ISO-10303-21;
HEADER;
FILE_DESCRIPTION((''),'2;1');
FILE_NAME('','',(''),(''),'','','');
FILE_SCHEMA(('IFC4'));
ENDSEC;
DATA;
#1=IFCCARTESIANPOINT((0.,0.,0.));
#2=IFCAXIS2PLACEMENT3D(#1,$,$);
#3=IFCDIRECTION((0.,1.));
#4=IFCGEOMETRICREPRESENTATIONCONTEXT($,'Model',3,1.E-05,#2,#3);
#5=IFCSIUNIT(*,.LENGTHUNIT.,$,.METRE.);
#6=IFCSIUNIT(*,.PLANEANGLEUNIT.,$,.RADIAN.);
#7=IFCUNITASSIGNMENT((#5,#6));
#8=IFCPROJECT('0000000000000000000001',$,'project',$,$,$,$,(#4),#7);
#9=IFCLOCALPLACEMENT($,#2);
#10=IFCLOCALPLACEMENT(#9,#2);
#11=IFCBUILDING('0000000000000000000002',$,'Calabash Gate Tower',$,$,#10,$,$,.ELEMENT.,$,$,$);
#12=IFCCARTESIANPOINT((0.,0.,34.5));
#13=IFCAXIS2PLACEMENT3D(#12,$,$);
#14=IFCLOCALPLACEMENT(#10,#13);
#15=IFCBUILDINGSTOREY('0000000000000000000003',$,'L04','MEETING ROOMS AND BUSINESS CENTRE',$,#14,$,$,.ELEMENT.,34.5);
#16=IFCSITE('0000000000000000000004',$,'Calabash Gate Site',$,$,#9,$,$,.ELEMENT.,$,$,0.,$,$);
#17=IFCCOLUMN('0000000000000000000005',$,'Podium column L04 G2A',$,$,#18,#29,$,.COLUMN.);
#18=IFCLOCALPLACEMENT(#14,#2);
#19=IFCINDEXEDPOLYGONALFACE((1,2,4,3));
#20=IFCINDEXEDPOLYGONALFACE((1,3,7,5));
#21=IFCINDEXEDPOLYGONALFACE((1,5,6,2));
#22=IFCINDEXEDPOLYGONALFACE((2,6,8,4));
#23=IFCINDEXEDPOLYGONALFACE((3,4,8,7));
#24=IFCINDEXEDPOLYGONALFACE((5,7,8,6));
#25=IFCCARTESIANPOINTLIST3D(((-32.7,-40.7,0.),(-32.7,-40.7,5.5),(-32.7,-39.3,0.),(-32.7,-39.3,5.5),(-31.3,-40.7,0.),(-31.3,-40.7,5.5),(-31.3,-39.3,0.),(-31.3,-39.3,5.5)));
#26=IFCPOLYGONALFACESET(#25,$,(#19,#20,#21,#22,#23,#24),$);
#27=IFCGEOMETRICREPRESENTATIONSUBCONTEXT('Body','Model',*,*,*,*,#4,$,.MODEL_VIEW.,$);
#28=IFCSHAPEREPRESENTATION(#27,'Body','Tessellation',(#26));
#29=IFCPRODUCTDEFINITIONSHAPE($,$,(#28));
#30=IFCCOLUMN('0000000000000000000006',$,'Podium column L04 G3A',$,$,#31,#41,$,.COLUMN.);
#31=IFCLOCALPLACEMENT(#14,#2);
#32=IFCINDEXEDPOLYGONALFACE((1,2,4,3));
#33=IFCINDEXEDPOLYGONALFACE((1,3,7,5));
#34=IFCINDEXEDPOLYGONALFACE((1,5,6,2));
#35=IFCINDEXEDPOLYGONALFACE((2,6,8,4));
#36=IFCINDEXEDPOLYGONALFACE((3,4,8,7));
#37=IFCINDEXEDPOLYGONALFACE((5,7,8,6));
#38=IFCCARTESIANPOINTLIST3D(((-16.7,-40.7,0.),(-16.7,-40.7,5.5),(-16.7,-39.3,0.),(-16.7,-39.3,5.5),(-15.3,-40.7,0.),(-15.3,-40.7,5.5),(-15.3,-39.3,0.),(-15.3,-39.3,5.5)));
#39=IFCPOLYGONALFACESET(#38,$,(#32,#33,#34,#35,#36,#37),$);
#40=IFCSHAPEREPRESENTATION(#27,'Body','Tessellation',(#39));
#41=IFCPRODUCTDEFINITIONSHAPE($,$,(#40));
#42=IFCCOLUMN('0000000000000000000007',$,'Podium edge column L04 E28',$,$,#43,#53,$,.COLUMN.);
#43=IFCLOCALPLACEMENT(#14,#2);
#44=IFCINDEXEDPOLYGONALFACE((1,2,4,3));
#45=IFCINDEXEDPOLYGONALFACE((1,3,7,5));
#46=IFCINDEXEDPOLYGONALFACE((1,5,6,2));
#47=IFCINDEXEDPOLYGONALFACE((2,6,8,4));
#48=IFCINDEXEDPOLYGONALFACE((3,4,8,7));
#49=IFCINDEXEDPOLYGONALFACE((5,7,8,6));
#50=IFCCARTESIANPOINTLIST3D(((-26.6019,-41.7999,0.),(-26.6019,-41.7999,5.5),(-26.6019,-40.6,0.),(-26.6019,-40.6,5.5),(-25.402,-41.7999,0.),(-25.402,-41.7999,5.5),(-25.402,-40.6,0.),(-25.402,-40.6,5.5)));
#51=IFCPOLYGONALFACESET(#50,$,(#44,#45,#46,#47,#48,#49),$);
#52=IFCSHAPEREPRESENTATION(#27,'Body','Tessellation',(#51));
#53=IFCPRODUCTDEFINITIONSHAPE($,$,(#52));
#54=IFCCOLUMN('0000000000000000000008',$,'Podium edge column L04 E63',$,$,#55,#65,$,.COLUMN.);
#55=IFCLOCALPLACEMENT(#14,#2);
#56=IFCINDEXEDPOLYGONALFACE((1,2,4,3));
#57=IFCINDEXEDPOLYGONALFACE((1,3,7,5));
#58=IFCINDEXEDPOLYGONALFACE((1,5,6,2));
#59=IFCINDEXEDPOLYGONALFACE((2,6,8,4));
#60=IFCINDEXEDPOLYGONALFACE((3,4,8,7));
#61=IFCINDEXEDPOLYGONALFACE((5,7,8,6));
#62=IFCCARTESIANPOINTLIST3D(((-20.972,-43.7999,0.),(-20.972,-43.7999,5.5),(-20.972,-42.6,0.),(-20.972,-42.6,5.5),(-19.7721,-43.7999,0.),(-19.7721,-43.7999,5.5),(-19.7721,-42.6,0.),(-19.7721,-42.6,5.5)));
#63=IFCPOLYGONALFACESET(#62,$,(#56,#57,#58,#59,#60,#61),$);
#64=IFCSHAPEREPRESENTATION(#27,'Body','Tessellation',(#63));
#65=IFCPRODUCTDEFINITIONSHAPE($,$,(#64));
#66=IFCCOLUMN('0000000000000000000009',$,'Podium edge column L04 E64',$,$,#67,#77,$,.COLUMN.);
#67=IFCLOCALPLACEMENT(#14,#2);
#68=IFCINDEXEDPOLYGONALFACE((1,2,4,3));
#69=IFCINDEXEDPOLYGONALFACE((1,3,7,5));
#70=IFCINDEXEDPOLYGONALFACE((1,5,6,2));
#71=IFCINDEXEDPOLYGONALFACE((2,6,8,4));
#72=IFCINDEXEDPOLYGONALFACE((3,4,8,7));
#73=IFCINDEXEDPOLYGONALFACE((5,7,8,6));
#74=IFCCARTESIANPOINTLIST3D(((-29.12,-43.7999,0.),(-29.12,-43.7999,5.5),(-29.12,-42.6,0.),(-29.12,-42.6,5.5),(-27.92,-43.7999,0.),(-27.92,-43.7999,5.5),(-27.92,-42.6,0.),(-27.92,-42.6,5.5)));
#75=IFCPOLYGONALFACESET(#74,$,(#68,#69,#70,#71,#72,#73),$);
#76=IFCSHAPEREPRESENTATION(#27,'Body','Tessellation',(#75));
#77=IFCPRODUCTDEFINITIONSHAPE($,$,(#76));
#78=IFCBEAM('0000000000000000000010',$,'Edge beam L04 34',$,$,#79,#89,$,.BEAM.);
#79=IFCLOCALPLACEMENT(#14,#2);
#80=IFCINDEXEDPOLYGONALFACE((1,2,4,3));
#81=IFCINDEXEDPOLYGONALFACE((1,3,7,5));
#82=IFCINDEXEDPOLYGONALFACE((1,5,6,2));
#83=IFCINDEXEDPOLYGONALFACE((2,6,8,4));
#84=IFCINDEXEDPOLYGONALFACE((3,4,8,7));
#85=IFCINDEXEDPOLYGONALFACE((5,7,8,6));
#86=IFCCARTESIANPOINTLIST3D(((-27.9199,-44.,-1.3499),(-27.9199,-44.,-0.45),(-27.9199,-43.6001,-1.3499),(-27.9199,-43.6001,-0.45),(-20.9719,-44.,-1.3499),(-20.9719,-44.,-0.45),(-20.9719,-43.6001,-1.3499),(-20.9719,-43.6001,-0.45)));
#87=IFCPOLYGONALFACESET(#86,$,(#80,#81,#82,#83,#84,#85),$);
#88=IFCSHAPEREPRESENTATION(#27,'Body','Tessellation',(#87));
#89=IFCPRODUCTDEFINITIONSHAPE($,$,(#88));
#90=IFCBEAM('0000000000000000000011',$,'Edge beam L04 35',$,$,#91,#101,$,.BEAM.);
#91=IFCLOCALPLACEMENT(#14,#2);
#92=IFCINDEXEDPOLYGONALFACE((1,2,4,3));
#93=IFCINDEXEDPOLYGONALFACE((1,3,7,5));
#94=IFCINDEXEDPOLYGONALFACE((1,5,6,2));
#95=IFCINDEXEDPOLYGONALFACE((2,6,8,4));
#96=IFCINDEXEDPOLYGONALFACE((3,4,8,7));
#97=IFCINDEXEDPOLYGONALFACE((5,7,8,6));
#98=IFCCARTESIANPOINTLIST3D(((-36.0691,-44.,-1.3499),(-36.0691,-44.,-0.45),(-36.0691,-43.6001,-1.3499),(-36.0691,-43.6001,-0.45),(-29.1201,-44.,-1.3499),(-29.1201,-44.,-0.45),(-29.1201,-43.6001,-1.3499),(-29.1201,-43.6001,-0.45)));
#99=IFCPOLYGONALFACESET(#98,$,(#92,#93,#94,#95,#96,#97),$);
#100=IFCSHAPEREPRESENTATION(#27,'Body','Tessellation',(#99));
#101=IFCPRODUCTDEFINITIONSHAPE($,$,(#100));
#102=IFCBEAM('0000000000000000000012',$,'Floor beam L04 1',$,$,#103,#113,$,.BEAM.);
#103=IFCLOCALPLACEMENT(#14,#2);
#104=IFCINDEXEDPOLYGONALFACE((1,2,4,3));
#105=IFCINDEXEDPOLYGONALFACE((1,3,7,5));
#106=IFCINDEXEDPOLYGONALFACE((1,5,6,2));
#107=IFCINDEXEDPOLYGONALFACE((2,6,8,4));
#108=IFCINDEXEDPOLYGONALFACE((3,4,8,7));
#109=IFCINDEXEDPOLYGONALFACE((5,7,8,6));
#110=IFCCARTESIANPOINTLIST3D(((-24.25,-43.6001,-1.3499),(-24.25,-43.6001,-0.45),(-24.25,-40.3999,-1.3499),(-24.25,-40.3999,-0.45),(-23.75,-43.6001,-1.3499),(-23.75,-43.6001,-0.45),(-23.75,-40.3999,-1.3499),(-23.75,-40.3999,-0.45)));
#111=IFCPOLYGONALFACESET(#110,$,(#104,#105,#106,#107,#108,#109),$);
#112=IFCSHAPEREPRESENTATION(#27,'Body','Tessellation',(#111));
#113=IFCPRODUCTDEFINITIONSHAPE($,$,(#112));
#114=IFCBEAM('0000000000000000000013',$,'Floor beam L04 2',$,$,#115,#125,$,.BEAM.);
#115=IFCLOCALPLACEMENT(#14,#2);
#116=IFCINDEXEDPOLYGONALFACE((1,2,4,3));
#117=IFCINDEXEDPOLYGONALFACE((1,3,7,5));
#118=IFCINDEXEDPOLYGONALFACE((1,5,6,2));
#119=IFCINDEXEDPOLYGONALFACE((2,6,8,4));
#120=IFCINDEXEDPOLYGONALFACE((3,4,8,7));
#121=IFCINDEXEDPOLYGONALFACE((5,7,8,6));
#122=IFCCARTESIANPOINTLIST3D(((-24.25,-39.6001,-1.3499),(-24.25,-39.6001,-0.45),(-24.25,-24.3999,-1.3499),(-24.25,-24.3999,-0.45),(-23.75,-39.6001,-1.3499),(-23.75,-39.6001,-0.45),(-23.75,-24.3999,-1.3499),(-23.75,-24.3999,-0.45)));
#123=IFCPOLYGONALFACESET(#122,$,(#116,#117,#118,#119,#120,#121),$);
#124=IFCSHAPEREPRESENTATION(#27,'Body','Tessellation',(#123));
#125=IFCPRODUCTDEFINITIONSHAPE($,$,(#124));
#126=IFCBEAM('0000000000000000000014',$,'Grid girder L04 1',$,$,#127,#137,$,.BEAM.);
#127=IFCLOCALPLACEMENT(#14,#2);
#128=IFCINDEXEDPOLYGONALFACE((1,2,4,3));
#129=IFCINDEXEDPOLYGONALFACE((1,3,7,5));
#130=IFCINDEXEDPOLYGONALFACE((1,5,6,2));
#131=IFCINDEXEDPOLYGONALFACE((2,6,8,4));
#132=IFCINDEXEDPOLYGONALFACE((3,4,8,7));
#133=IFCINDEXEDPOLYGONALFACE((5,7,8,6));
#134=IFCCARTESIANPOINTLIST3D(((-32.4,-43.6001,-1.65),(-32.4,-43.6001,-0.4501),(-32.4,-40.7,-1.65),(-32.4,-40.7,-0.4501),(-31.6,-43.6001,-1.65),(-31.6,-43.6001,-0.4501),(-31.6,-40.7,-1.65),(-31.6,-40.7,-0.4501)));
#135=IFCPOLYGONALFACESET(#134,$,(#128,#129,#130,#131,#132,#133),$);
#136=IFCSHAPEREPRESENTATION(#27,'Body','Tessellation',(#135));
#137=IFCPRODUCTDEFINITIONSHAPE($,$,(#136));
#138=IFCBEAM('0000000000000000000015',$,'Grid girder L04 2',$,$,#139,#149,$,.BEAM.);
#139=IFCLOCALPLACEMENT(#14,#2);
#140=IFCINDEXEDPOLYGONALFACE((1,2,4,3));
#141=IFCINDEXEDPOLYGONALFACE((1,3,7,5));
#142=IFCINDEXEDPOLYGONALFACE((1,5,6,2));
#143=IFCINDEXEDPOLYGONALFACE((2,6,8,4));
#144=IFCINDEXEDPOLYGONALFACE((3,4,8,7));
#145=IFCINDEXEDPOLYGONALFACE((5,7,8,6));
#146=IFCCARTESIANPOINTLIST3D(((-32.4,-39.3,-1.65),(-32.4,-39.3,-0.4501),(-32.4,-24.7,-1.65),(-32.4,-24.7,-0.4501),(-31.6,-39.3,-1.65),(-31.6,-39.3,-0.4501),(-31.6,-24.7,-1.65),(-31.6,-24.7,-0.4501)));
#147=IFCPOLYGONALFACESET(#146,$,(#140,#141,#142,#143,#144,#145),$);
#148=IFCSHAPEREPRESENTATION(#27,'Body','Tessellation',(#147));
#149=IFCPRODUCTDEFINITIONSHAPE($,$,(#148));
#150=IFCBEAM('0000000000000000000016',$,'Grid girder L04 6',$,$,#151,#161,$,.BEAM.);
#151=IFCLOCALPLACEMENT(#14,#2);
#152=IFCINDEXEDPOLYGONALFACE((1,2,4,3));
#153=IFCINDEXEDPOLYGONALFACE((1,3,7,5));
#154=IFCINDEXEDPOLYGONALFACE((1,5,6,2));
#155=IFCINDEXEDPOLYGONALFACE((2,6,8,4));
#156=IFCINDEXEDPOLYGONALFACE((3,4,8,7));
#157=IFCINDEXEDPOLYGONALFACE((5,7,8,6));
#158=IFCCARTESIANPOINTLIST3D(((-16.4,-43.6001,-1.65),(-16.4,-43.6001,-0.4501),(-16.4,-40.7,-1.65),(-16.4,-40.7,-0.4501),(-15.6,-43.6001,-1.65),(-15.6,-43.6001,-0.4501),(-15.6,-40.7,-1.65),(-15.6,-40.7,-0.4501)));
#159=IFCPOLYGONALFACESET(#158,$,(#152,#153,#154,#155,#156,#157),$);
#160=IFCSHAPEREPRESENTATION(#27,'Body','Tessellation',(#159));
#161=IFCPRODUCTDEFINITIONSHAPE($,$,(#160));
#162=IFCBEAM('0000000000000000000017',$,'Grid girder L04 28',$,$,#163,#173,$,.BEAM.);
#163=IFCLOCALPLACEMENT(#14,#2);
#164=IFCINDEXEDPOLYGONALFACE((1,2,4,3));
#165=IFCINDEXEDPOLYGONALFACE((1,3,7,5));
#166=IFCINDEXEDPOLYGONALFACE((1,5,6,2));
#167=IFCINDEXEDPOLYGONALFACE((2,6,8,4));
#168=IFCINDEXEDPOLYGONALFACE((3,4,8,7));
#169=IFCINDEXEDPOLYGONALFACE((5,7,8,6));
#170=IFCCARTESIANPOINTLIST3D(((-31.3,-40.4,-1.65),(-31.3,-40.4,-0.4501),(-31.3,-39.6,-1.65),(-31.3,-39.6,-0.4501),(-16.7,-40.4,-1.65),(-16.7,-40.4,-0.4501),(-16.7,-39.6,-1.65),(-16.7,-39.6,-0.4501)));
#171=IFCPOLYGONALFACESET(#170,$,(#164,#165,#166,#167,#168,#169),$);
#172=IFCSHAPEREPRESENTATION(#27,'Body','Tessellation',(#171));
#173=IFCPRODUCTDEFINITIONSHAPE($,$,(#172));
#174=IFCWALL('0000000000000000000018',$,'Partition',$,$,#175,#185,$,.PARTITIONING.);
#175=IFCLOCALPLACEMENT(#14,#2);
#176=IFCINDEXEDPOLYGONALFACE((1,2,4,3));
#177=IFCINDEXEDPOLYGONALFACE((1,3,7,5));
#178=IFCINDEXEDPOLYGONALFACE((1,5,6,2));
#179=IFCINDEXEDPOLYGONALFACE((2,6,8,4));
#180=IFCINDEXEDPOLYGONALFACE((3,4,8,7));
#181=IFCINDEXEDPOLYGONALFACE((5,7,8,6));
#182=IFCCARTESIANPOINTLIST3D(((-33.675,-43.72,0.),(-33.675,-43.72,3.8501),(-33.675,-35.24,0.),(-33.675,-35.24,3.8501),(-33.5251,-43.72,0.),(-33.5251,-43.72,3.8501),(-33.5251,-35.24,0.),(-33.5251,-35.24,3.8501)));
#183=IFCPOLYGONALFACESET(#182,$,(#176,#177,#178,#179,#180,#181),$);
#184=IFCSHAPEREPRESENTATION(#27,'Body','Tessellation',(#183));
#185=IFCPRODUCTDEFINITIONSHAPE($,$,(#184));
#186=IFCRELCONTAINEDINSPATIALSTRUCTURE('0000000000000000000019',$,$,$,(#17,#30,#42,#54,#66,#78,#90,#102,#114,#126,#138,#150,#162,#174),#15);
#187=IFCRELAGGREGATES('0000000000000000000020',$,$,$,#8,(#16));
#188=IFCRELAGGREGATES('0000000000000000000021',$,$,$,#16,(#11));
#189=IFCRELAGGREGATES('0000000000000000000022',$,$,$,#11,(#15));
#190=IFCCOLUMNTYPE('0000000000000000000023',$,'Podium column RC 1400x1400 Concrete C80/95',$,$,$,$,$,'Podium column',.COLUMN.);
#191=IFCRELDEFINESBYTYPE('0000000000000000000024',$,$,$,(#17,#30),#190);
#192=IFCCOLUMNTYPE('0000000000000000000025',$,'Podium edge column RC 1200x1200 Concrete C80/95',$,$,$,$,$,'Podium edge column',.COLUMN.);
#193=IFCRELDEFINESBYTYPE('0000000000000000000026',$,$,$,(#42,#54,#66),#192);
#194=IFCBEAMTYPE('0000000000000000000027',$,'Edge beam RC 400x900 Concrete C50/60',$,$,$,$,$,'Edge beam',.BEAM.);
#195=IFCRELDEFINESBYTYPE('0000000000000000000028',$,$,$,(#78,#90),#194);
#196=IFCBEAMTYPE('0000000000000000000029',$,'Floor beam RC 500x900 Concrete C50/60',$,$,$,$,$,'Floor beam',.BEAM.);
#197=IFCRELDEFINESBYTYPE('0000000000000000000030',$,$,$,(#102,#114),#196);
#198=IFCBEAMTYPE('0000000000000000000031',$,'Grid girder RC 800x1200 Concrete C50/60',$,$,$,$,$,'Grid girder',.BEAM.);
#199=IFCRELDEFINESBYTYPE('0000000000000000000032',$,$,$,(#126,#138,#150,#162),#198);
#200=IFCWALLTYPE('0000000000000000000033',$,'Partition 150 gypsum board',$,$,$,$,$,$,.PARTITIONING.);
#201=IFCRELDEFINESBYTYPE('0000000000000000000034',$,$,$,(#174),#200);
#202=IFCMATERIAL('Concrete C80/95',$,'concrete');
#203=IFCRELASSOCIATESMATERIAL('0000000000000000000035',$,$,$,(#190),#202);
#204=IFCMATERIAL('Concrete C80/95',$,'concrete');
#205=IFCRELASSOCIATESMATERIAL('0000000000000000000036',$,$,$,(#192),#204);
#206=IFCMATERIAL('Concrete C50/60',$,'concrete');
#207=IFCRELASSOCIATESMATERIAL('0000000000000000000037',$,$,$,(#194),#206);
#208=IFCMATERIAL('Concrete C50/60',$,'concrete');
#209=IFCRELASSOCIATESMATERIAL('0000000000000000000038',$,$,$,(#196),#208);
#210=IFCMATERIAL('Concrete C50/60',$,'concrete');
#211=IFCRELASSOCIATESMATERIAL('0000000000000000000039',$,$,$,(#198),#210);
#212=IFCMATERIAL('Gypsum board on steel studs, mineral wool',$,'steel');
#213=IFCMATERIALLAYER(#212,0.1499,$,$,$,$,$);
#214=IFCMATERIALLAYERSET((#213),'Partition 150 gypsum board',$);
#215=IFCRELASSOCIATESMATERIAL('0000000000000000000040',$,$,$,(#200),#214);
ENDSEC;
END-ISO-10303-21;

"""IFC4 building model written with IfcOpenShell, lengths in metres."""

from ifc_helpers import new_model, si_unit, direction, frame, frame_2d, origin, origin_2d, place, context, subcontext, project, spatial, rectangle, extrude, material, layer, layer_set, material_profile, profile_set, type_object, element, save


model = new_model("IFC4")

# Units and contexts
model_context = context("Model", 3, precision=1e-05, world=origin(), true_north=direction((0.0, 1.0)))
body_context = subcontext(model_context, "Body", "Model", "MODEL_VIEW")
ifc_project = project(units=[si_unit("LENGTHUNIT", "METRE"), si_unit("PLANEANGLEUNIT", "RADIAN")], contexts=[model_context])

# Site, building, storey
site_placement = place(None, origin())
site = spatial("IfcSite", under=ifc_project, at=site_placement, Name="Calabash Gate Site", CompositionType="ELEMENT", RefElevation=0.0)
building_placement = place(site_placement, origin())
building = spatial("IfcBuilding", under=site, at=building_placement, Name="Calabash Gate Tower", CompositionType="ELEMENT")
storey_placement = place(building_placement, frame((0.0, 0.0, 34.5)))
storey = spatial("IfcBuildingStorey", under=building, at=storey_placement, Name="L04", Description="MEETING ROOMS AND BUSINESS CENTRE", CompositionType="ELEMENT", Elevation=34.5)

# Columns
ifc_material_1 = material(Name="Concrete C80/95", Category="concrete")
ifc_material_profile_1 = material_profile(ifc_material_1, rectangle(XDim=1.3999, YDim=1.3999, at=origin_2d()))
ifc_profile_set_1 = profile_set([ifc_material_profile_1], Name="Concrete C80/95")
column_type_1 = type_object("IfcColumnType", Name="Podium column RC 1400x1400 Concrete C80/95", ElementType="Podium column", PredefinedType="COLUMN", material=ifc_profile_set_1)
for number, where, z_axis, x_axis, name in (
    (1, (-32.0, -40.0, 0.0), (0.0, 0.0, 1.0), (1.0, 0.0, 0.0), "Podium column L04 G2A"),
    (2, (-16.0, -40.0, 0.0), (0.0, 0.0, 1.0), (1.0, 0.0, 0.0), "Podium column L04 G3A"),
):
    element("IfcColumn", number, at=place(storey_placement, frame(where, z_axis=z_axis, x_axis=x_axis)), inside=storey, type_object=column_type_1, Name=name, PredefinedType="COLUMN", context=body_context, shape_type="SweptSolid", body=[
        extrude(rectangle(XDim=1.3999, YDim=1.3999, at=origin_2d()), origin(), (0.0, 0.0, 1.0), 5.5),
    ])
ifc_material_2 = material(Name="Concrete C80/95", Category="concrete")
ifc_material_profile_2 = material_profile(ifc_material_2, rectangle(XDim=1.2, YDim=1.2, at=origin_2d()))
ifc_profile_set_2 = profile_set([ifc_material_profile_2], Name="Concrete C80/95")
column_type_2 = type_object("IfcColumnType", Name="Podium edge column RC 1200x1200 Concrete C80/95", ElementType="Podium edge column", PredefinedType="COLUMN", material=ifc_profile_set_2)
for number, where, z_axis, x_axis, name in (
    (3, (-26.002, -41.2, 0.0), (0.0, 0.0, 1.0), (1.0, 0.0, 0.0), "Podium edge column L04 E28"),
    (4, (-20.3721, -43.2, 0.0), (0.0, 0.0, 1.0), (1.0, 0.0, 0.0), "Podium edge column L04 E63"),
    (5, (-28.52, -43.2, 0.0), (0.0, 0.0, 1.0), (1.0, 0.0, 0.0), "Podium edge column L04 E64"),
):
    element("IfcColumn", number, at=place(storey_placement, frame(where, z_axis=z_axis, x_axis=x_axis)), inside=storey, type_object=column_type_2, Name=name, PredefinedType="COLUMN", context=body_context, shape_type="SweptSolid", body=[
        extrude(rectangle(XDim=1.2, YDim=1.2, at=origin_2d()), origin(), (0.0, 0.0, 1.0), 5.5),
    ])

# Beams
ifc_material_3 = material(Name="Concrete C50/60", Category="concrete")
ifc_material_profile_3 = material_profile(ifc_material_3, rectangle(XDim=0.3999, YDim=0.8999, at=origin_2d()))
ifc_profile_set_3 = profile_set([ifc_material_profile_3], Name="Concrete C50/60")
beam_type_1 = type_object("IfcBeamType", Name="Edge beam RC 400x900 Concrete C50/60", ElementType="Edge beam", PredefinedType="BEAM", material=ifc_profile_set_3)
beam_1_placement = place(storey_placement, frame((-20.9719, -43.8, -0.8999), z_axis=(-1.0, 0.0, 0.0), x_axis=(0.0, -1.0, 0.0)))
element("IfcBeam", 6, at=beam_1_placement, inside=storey, type_object=beam_type_1, Name="Edge beam L04 34", PredefinedType="BEAM", context=body_context, shape_type="SweptSolid", body=[
    extrude(rectangle(XDim=0.3999, YDim=0.8999, at=origin_2d()), origin(), (0.0, 0.0, 1.0), 6.948),
])
beam_2_placement = place(storey_placement, frame((-29.1201, -43.8, -0.8999), z_axis=(-1.0, 0.0, 0.0), x_axis=(0.0, -1.0, 0.0)))
element("IfcBeam", 7, at=beam_2_placement, inside=storey, type_object=beam_type_1, Name="Edge beam L04 35", PredefinedType="BEAM", context=body_context, shape_type="SweptSolid", body=[
    extrude(rectangle(XDim=0.3999, YDim=0.8999, at=origin_2d()), origin(), (0.0, 0.0, 1.0), 6.949),
])
ifc_material_4 = material(Name="Concrete C50/60", Category="concrete")
ifc_material_profile_4 = material_profile(ifc_material_4, rectangle(XDim=0.5, YDim=0.8999, at=origin_2d()))
ifc_profile_set_4 = profile_set([ifc_material_profile_4], Name="Concrete C50/60")
beam_type_2 = type_object("IfcBeamType", Name="Floor beam RC 500x900 Concrete C50/60", ElementType="Floor beam", PredefinedType="BEAM", material=ifc_profile_set_4)
beam_3_placement = place(storey_placement, frame((-24.0, -43.6001, -0.8999), z_axis=(0.0, 1.0, 0.0), x_axis=(-1.0, 0.0, 0.0)))
element("IfcBeam", 8, at=beam_3_placement, inside=storey, type_object=beam_type_2, Name="Floor beam L04 1", PredefinedType="BEAM", context=body_context, shape_type="SweptSolid", body=[
    extrude(rectangle(XDim=0.5, YDim=0.8999, at=origin_2d()), origin(), (0.0, 0.0, 1.0), 3.2002),
])
beam_4_placement = place(storey_placement, frame((-24.0, -39.6001, -0.8999), z_axis=(0.0, 1.0, 0.0), x_axis=(-1.0, 0.0, 0.0)))
element("IfcBeam", 9, at=beam_4_placement, inside=storey, type_object=beam_type_2, Name="Floor beam L04 2", PredefinedType="BEAM", context=body_context, shape_type="SweptSolid", body=[
    extrude(rectangle(XDim=0.5, YDim=0.8999, at=origin_2d()), origin(), (0.0, 0.0, 1.0), 15.2002),
])
ifc_material_5 = material(Name="Concrete C50/60", Category="concrete")
ifc_material_profile_5 = material_profile(ifc_material_5, rectangle(XDim=0.8, YDim=1.2, at=origin_2d()))
ifc_profile_set_5 = profile_set([ifc_material_profile_5], Name="Concrete C50/60")
beam_type_3 = type_object("IfcBeamType", Name="Grid girder RC 800x1200 Concrete C50/60", ElementType="Grid girder", PredefinedType="BEAM", material=ifc_profile_set_5)
beam_5_placement = place(storey_placement, frame((-32.0, -43.6001, -1.05), z_axis=(0.0, 1.0, 0.0), x_axis=(-1.0, 0.0, 0.0)))
element("IfcBeam", 10, at=beam_5_placement, inside=storey, type_object=beam_type_3, Name="Grid girder L04 1", PredefinedType="BEAM", context=body_context, shape_type="SweptSolid", body=[
    extrude(rectangle(XDim=0.8, YDim=1.2, at=origin_2d()), origin(), (0.0, 0.0, 1.0), 2.9001),
])
beam_6_placement = place(storey_placement, frame((-32.0, -39.3, -1.05), z_axis=(0.0, 1.0, 0.0), x_axis=(-1.0, 0.0, 0.0)))
element("IfcBeam", 11, at=beam_6_placement, inside=storey, type_object=beam_type_3, Name="Grid girder L04 2", PredefinedType="BEAM", context=body_context, shape_type="SweptSolid", body=[
    extrude(rectangle(XDim=0.8, YDim=1.2, at=origin_2d()), origin(), (0.0, 0.0, 1.0), 14.6001),
])
beam_7_placement = place(storey_placement, frame((-16.0, -43.6001, -1.05), z_axis=(0.0, 1.0, 0.0), x_axis=(-1.0, 0.0, 0.0)))
element("IfcBeam", 12, at=beam_7_placement, inside=storey, type_object=beam_type_3, Name="Grid girder L04 6", PredefinedType="BEAM", context=body_context, shape_type="SweptSolid", body=[
    extrude(rectangle(XDim=0.8, YDim=1.2, at=origin_2d()), origin(), (0.0, 0.0, 1.0), 2.9001),
])
beam_8_placement = place(storey_placement, frame((-31.3, -40.0, -1.05), z_axis=(1.0, 0.0, 0.0), x_axis=(0.0, 1.0, 0.0)))
element("IfcBeam", 13, at=beam_8_placement, inside=storey, type_object=beam_type_3, Name="Grid girder L04 28", PredefinedType="BEAM", context=body_context, shape_type="SweptSolid", body=[
    extrude(rectangle(XDim=0.8, YDim=1.2, at=origin_2d()), origin(), (0.0, 0.0, 1.0), 14.6001),
])

# Wall
ifc_material_6 = material(Name="Gypsum board on steel studs, mineral wool", Category="steel")
ifc_layer_1 = layer(ifc_material_6, 0.1499)
ifc_layer_set_1 = layer_set([ifc_layer_1], Name="Partition 150 gypsum board")
wall_type_1 = type_object("IfcWallType", Name="Partition 150 gypsum board", PredefinedType="PARTITIONING", material=ifc_layer_set_1)
wall_1_placement = place(storey_placement, frame((-33.6001, -43.72, 0.0), z_axis=(0.0, 0.0, 1.0), x_axis=(0.0, 1.0, 0.0)))
element("IfcWall", 14, at=wall_1_placement, inside=storey, type_object=wall_type_1, Name="Partition", PredefinedType="PARTITIONING", context=body_context, shape_type="SweptSolid", body=[
    extrude(rectangle(XDim=8.48, YDim=0.1499, at=frame_2d((4.24, 0.0))), origin(), (0.0, 0.0, 1.0), 3.8501),
])

save(model, "model.ifc")
